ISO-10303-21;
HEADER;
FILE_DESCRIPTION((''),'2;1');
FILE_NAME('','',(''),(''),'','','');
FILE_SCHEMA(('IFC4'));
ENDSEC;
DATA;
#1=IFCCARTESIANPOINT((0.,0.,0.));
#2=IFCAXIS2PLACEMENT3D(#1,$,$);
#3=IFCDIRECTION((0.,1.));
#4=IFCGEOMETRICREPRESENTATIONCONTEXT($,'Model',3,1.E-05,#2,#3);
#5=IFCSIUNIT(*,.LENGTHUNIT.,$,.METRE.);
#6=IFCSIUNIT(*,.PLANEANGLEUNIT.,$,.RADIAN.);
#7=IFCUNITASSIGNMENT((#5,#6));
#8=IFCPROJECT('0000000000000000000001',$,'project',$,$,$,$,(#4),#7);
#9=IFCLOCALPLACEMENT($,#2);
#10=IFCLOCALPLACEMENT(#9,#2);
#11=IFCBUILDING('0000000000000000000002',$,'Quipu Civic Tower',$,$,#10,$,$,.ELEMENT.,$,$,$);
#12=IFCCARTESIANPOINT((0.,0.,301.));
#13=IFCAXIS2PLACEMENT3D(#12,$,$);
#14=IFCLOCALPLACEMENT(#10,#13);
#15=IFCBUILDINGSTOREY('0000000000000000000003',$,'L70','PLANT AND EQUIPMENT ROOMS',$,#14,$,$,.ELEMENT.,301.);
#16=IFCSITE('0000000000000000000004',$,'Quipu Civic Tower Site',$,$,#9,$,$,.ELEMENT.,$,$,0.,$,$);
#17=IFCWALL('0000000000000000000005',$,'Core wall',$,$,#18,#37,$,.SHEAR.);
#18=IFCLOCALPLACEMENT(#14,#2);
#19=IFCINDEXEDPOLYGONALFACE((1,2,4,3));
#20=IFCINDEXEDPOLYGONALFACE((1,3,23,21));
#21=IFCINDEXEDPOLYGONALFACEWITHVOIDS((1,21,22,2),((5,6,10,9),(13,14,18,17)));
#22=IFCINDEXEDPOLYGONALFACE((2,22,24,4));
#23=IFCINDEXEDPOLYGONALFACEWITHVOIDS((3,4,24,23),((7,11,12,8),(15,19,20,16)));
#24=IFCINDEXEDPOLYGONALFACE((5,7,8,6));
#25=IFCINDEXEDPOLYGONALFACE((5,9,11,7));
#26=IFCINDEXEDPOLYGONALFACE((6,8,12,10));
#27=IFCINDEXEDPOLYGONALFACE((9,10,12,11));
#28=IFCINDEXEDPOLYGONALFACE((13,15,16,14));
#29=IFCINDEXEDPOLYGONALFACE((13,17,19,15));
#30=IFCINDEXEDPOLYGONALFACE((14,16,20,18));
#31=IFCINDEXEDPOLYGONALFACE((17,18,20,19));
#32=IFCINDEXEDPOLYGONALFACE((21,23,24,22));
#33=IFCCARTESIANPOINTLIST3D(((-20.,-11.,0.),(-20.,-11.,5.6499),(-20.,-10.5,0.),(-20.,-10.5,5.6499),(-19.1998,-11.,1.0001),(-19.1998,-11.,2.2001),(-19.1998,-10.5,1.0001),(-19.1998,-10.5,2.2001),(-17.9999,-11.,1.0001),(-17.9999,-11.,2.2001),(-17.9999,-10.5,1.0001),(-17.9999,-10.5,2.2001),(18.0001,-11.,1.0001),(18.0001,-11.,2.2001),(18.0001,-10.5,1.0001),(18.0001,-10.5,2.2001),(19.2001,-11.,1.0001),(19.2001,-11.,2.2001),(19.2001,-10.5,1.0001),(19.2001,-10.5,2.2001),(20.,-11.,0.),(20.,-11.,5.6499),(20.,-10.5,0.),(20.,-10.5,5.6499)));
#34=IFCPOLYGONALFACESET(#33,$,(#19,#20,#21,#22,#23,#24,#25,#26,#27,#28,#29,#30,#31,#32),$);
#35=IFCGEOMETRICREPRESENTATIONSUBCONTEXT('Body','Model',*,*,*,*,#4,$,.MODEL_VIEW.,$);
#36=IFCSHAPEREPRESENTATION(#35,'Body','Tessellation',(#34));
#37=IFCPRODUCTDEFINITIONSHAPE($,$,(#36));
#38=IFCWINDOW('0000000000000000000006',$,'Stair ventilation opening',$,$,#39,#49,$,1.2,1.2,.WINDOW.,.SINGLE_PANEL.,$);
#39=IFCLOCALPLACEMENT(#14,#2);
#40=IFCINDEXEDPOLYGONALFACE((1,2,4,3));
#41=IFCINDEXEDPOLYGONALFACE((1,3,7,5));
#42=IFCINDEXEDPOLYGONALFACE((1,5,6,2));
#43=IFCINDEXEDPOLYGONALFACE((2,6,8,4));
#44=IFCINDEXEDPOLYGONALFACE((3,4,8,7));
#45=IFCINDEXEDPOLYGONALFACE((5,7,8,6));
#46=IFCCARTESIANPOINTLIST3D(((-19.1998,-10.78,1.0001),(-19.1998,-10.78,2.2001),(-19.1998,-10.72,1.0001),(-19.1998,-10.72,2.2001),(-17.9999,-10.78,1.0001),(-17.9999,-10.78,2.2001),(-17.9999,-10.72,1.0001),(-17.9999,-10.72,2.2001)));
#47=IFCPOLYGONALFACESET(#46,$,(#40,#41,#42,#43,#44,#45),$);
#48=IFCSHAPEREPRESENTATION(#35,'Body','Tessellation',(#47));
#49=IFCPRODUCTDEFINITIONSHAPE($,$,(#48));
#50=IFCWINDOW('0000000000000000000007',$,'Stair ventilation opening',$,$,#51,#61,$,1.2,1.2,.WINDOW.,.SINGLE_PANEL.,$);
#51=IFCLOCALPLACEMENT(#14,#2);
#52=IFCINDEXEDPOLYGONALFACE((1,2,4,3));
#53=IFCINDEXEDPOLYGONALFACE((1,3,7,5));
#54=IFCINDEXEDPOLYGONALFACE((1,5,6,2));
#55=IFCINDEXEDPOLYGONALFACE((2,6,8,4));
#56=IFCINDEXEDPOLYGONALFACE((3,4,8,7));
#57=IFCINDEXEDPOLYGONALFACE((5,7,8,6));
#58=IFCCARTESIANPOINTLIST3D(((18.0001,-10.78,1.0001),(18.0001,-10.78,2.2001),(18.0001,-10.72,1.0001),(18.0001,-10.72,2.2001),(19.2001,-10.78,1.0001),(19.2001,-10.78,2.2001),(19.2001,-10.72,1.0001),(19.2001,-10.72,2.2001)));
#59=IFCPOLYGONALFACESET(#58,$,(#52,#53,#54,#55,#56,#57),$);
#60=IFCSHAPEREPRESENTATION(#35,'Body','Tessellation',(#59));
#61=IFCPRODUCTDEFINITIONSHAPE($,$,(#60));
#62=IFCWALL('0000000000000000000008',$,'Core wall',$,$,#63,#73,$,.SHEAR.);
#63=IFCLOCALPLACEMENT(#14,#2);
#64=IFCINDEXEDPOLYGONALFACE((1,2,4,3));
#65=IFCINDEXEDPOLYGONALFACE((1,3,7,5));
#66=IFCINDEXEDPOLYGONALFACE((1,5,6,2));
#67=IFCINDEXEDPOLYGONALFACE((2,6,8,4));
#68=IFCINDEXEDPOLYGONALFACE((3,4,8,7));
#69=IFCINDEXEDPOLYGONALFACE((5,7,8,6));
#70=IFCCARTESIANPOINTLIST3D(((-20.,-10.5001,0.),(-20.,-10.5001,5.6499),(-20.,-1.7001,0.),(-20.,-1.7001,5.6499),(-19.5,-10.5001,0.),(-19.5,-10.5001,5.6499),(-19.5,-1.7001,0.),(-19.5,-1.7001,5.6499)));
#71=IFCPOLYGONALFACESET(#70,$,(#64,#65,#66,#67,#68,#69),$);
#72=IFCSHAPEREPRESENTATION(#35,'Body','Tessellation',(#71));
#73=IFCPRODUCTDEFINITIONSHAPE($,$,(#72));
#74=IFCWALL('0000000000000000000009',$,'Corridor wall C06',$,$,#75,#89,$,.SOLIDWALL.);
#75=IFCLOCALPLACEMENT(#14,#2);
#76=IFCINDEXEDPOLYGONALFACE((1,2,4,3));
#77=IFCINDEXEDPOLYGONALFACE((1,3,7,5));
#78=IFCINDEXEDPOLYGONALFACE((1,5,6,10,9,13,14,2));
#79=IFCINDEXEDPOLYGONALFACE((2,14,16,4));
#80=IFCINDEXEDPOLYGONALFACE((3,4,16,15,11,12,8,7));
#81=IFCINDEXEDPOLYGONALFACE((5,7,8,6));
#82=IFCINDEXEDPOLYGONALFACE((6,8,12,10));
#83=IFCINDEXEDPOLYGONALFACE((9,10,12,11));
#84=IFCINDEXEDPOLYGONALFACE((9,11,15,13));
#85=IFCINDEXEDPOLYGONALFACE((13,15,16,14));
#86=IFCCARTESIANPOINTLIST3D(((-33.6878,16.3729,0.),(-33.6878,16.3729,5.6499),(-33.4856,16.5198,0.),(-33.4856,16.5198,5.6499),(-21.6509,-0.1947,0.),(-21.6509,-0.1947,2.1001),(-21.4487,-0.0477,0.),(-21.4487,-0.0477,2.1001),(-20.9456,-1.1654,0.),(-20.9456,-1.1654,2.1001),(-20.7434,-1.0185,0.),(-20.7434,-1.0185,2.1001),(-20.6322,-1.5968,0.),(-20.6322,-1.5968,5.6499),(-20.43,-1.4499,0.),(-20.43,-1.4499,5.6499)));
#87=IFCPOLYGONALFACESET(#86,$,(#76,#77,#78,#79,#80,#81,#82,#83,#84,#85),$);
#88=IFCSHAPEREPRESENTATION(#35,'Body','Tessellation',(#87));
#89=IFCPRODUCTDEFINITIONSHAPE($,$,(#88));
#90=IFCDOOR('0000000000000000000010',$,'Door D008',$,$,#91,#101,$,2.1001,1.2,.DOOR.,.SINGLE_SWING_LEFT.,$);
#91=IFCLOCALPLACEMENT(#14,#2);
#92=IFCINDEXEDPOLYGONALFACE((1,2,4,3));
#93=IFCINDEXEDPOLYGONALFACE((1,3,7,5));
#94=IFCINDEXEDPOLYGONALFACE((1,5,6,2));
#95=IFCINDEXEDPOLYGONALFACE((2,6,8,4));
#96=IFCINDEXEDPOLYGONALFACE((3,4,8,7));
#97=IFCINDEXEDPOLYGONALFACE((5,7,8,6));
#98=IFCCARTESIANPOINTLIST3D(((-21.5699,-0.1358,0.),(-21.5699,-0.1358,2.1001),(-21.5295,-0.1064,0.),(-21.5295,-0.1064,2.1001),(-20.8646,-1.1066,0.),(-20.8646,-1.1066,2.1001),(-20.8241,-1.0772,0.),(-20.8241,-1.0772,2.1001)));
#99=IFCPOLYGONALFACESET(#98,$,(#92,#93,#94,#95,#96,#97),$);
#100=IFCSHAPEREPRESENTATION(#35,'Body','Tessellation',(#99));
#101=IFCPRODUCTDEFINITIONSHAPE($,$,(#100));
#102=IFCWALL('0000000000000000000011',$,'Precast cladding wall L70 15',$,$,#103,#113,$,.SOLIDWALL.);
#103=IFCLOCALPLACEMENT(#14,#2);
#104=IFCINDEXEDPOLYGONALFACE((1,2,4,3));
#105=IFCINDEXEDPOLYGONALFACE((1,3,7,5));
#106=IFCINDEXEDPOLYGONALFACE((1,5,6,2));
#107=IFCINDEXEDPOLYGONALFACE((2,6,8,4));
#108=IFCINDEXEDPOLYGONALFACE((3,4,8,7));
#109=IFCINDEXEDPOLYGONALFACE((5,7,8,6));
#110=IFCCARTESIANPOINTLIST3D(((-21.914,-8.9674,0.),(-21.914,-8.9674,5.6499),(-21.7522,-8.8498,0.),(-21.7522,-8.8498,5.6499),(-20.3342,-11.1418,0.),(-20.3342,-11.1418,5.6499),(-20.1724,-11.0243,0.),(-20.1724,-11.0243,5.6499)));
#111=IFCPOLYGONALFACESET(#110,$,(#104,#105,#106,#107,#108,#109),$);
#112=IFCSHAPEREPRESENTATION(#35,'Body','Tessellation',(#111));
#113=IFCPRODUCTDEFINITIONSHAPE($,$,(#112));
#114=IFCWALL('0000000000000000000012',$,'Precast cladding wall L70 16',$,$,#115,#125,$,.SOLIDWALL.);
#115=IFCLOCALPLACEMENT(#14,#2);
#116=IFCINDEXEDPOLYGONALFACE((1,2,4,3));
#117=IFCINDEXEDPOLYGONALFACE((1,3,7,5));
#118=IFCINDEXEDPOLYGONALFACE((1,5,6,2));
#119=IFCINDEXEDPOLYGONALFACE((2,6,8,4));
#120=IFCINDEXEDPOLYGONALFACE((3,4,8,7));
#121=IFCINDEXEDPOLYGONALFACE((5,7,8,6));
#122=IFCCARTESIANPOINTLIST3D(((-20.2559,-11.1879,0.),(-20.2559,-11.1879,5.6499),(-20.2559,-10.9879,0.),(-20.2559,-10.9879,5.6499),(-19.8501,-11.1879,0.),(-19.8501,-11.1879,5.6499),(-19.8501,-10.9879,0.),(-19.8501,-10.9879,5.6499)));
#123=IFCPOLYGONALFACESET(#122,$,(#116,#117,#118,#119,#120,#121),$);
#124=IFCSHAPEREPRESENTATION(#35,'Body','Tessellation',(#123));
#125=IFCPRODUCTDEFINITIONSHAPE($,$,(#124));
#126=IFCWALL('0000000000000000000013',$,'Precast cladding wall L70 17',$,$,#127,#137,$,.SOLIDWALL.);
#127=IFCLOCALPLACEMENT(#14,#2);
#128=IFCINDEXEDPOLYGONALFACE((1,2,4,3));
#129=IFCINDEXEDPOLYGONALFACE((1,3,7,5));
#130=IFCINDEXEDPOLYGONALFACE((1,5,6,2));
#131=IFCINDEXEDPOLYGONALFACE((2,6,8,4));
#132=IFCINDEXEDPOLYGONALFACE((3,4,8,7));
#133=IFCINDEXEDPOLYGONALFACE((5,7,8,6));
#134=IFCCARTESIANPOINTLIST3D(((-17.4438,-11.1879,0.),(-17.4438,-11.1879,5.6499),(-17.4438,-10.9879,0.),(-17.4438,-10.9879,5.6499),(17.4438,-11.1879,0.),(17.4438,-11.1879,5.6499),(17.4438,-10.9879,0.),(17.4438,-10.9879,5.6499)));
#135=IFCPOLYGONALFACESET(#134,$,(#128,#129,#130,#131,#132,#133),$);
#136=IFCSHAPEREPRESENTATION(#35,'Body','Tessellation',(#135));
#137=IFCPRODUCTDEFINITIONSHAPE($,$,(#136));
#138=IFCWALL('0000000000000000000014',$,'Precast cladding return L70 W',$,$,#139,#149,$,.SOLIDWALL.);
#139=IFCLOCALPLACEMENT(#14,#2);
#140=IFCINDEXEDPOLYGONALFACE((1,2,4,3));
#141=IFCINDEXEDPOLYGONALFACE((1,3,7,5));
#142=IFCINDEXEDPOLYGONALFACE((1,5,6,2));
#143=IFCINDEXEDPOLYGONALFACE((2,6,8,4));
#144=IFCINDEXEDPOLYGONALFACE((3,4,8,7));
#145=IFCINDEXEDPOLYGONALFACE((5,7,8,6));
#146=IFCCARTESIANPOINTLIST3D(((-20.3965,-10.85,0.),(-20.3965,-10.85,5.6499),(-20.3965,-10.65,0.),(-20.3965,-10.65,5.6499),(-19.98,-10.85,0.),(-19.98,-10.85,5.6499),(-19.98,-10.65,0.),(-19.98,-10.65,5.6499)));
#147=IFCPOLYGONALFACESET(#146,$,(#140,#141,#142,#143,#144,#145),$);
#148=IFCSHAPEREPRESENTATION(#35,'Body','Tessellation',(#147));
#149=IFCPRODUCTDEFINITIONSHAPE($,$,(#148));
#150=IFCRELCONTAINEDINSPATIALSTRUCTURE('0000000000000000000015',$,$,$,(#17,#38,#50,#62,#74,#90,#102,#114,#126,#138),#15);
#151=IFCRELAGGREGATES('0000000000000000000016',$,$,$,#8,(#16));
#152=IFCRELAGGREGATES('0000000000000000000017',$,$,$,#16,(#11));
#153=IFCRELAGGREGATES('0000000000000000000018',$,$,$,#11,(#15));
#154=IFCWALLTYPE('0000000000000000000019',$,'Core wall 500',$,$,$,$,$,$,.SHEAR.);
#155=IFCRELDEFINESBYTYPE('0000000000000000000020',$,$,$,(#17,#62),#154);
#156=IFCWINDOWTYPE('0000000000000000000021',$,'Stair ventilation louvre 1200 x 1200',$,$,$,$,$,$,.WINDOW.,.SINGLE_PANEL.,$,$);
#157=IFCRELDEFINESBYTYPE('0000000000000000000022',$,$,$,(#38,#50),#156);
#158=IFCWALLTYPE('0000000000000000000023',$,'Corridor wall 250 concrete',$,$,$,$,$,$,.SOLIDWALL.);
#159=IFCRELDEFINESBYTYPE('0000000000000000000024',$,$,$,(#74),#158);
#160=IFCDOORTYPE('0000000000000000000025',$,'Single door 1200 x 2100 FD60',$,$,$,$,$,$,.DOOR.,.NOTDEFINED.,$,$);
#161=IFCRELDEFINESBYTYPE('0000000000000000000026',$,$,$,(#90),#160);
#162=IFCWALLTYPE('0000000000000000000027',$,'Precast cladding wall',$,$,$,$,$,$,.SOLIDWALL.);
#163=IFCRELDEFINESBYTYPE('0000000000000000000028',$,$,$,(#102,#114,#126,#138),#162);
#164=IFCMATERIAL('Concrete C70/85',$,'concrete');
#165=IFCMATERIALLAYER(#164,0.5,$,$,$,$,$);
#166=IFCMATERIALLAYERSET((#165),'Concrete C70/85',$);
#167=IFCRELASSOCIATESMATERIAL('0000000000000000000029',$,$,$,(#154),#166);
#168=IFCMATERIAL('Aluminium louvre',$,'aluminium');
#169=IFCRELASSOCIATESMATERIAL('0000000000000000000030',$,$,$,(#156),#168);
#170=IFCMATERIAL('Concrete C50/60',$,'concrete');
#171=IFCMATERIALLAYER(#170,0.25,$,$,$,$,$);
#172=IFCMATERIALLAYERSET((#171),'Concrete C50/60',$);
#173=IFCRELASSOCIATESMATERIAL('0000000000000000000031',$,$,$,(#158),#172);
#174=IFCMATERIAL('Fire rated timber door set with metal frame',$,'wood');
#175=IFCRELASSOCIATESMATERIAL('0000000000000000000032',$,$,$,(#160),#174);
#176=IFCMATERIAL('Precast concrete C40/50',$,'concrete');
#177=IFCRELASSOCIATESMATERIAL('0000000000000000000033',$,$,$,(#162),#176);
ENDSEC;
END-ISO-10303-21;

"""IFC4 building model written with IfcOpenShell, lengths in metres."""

from ifc_helpers import new_model, si_unit, direction, frame, frame_2d, origin, place, context, subcontext, project, spatial, rectangle, extrude, material, layer, layer_set, type_object, element, fill, save


model = new_model("IFC4")

# Units and contexts
model_context = context("Model", 3, precision=1e-05, world=origin(), true_north=direction((0.0, 1.0)))
body_context = subcontext(model_context, "Body", "Model", "MODEL_VIEW")
ifc_project = project(units=[si_unit("LENGTHUNIT", "METRE"), si_unit("PLANEANGLEUNIT", "RADIAN")], contexts=[model_context])

# Site, building, storey
site_placement = place(None, origin())
site = spatial("IfcSite", under=ifc_project, at=site_placement, Name="Quipu Civic Tower Site", CompositionType="ELEMENT", RefElevation=0.0)
building_placement = place(site_placement, origin())
building = spatial("IfcBuilding", under=site, at=building_placement, Name="Quipu Civic Tower", CompositionType="ELEMENT")
storey_placement = place(building_placement, frame((0.0, 0.0, 301.0)))
storey = spatial("IfcBuildingStorey", under=building, at=storey_placement, Name="L70", Description="PLANT AND EQUIPMENT ROOMS", CompositionType="ELEMENT", Elevation=301.0)

# Wall, openings, windows
ifc_material_1 = material(Name="Concrete C70/85", Category="concrete")
ifc_layer_1 = layer(ifc_material_1, 0.5)
ifc_layer_set_1 = layer_set([ifc_layer_1], Name="Concrete C70/85")
wall_type_1 = type_object("IfcWallType", Name="Core wall 500", PredefinedType="SHEAR", material=ifc_layer_set_1)
wall_1_placement = place(storey_placement, frame((-20.0, -10.75, 0.0), z_axis=(0.0, 0.0, 1.0), x_axis=(1.0, 0.0, 0.0)))
wall_1 = element("IfcWall", 1, at=wall_1_placement, inside=storey, type_object=wall_type_1, Name="Core wall", PredefinedType="SHEAR", context=body_context, shape_type="SweptSolid", body=[
    extrude(rectangle(XDim=40.0, YDim=0.5, at=frame_2d((20.0, 0.0))), origin(), (0.0, 0.0, 1.0), 5.6499),
])
opening_1_placement = place(wall_1_placement, frame((0.8, 0.0, 1.0)))
opening_1 = element("IfcOpeningElement", 2, at=opening_1_placement, cuts=wall_1, PredefinedType="OPENING", context=body_context, shape_type="SweptSolid", body=[
    extrude(rectangle(XDim=1.2, YDim=1.2, at=frame_2d((0.6001, 0.6001))), frame((0.0, 0.26, 0.0), z_axis=(0.0, -1.0, 0.0), x_axis=(1.0, 0.0, 0.0)), (0.0, 0.0, 1.0), 0.52),
])
opening_2_placement = place(wall_1_placement, frame((38.0, 0.0, 1.0)))
opening_2 = element("IfcOpeningElement", 3, at=opening_2_placement, cuts=wall_1, PredefinedType="OPENING", context=body_context, shape_type="SweptSolid", body=[
    extrude(rectangle(XDim=1.2, YDim=1.2, at=frame_2d((0.6001, 0.6001))), frame((0.0, 0.26, 0.0), z_axis=(0.0, -1.0, 0.0), x_axis=(1.0, 0.0, 0.0)), (0.0, 0.0, 1.0), 0.52),
])
ifc_material_2 = material(Name="Aluminium louvre", Category="aluminium")
window_type = type_object("IfcWindowType", Name="Stair ventilation louvre 1200 x 1200", PartitioningType="SINGLE_PANEL", PredefinedType="WINDOW", material=ifc_material_2)
window_1_placement = place(opening_1_placement, origin())
window_1 = element("IfcWindow", 4, at=window_1_placement, inside=storey, type_object=window_type, Name="Stair ventilation opening", OverallHeight=1.2, OverallWidth=1.2, PartitioningType="SINGLE_PANEL", PredefinedType="WINDOW", context=body_context, shape_type="SweptSolid", body=[
    extrude(rectangle(XDim=1.2, YDim=1.2, at=frame_2d((0.6001, 0.6001))), frame((0.0, 0.03, 0.0), z_axis=(0.0, -1.0, 0.0), x_axis=(1.0, 0.0, 0.0)), (0.0, 0.0, 1.0), 0.0601),
])
fill(opening_1, window_1)
window_2_placement = place(opening_2_placement, origin())
window_2 = element("IfcWindow", 5, at=window_2_placement, inside=storey, type_object=window_type, Name="Stair ventilation opening", OverallHeight=1.2, OverallWidth=1.2, PartitioningType="SINGLE_PANEL", PredefinedType="WINDOW", context=body_context, shape_type="SweptSolid", body=[
    extrude(rectangle(XDim=1.2, YDim=1.2, at=frame_2d((0.6001, 0.6001))), frame((0.0, 0.03, 0.0), z_axis=(0.0, -1.0, 0.0), x_axis=(1.0, 0.0, 0.0)), (0.0, 0.0, 1.0), 0.0601),
])
fill(opening_2, window_2)

# Wall
wall_2_placement = place(storey_placement, frame((-19.75, -10.5, 0.0), z_axis=(0.0, 0.0, 1.0), x_axis=(0.0, 1.0, 0.0)))
element("IfcWall", 6, at=wall_2_placement, inside=storey, type_object=wall_type_1, Name="Core wall", PredefinedType="SHEAR", context=body_context, shape_type="SweptSolid", body=[
    extrude(rectangle(XDim=8.8, YDim=0.5, at=frame_2d((4.3999, 0.0))), origin(), (0.0, 0.0, 1.0), 5.6499),
])

# Wall, opening, door
ifc_material_3 = material(Name="Concrete C50/60", Category="concrete")
ifc_layer_2 = layer(ifc_material_3, 0.25)
ifc_layer_set_2 = layer_set([ifc_layer_2], Name="Concrete C50/60")
wall_type_2 = type_object("IfcWallType", Name="Corridor wall 250 concrete", PredefinedType="SOLIDWALL", material=ifc_layer_set_2)
wall_3_placement = place(storey_placement, frame((-20.531, -1.5234, 0.0), z_axis=(0.0, 0.0, 1.0), x_axis=(-0.587782, 0.809019, 0.0)))
wall_3 = element("IfcWall", 7, at=wall_3_placement, inside=storey, type_object=wall_type_2, Name="Corridor wall C06", PredefinedType="SOLIDWALL", context=body_context, shape_type="SweptSolid", body=[
    extrude(rectangle(XDim=22.2117, YDim=0.25, at=frame_2d((11.106, 0.0))), origin(), (0.0, 0.0, 1.0), 5.6499),
])
opening_3_placement = place(wall_3_placement, frame((0.5332, 0.0, 0.0)))
opening_3 = element("IfcOpeningElement", 8, at=opening_3_placement, cuts=wall_3, PredefinedType="OPENING", context=body_context, shape_type="SweptSolid", body=[
    extrude(rectangle(XDim=1.2, YDim=2.1001, at=frame_2d((0.6001, 1.05))), frame((0.0, 0.135, 0.0), z_axis=(0.0, -1.0, 0.0), x_axis=(1.0, 0.0, 0.0)), (0.0, 0.0, 1.0), 0.27),
])
ifc_material_4 = material(Name="Fire rated timber door set with metal frame", Category="wood")
door_type_1 = type_object("IfcDoorType", Name="Single door 1200 x 2100 FD60", OperationType="NOTDEFINED", PredefinedType="DOOR", material=ifc_material_4)
door_1_placement = place(opening_3_placement, origin())
door_1 = element("IfcDoor", 9, at=door_1_placement, inside=storey, type_object=door_type_1, Name="Door D008", OperationType="SINGLE_SWING_LEFT", OverallHeight=2.1001, OverallWidth=1.2, PredefinedType="DOOR", context=body_context, shape_type="SweptSolid", body=[
    extrude(rectangle(XDim=1.2, YDim=2.1001, at=frame_2d((0.6001, 1.05))), frame((0.0, 0.0249, 0.0), z_axis=(0.0, -1.0, 0.0), x_axis=(1.0, 0.0, 0.0)), (0.0, 0.0, 1.0), 0.05),
])
fill(opening_3, door_1)

# Walls
ifc_material_5 = material(Name="Precast concrete C40/50", Category="concrete")
wall_type_3 = type_object("IfcWallType", Name="Precast cladding wall", PredefinedType="SOLIDWALL", material=ifc_material_5)
wall_4_placement = place(storey_placement, frame((-21.833, -8.9087, 0.0), z_axis=(0.0, 0.0, 1.0), x_axis=(0.587767, -0.809031, 0.0)))
element("IfcWall", 10, at=wall_4_placement, inside=storey, type_object=wall_type_3, Name="Precast cladding wall L70 15", PredefinedType="SOLIDWALL", context=body_context, shape_type="SweptSolid", body=[
    extrude(rectangle(XDim=2.6877, YDim=0.2, at=frame_2d((1.3438, 0.0))), origin(), (0.0, 0.0, 1.0), 5.6499),
])
wall_5_placement = place(storey_placement, frame((-20.2559, -11.0879, 0.0), z_axis=(0.0, 0.0, 1.0), x_axis=(1.0, 0.0, 0.0)))
element("IfcWall", 11, at=wall_5_placement, inside=storey, type_object=wall_type_3, Name="Precast cladding wall L70 16", PredefinedType="SOLIDWALL", context=body_context, shape_type="SweptSolid", body=[
    extrude(rectangle(XDim=0.4058, YDim=0.2, at=frame_2d((0.2029, 0.0))), origin(), (0.0, 0.0, 1.0), 5.6499),
])
wall_6_placement = place(storey_placement, frame((-17.4438, -11.0879, 0.0), z_axis=(0.0, 0.0, 1.0), x_axis=(1.0, 0.0, 0.0)))
element("IfcWall", 12, at=wall_6_placement, inside=storey, type_object=wall_type_3, Name="Precast cladding wall L70 17", PredefinedType="SOLIDWALL", context=body_context, shape_type="SweptSolid", body=[
    extrude(rectangle(XDim=34.8877, YDim=0.2, at=frame_2d((17.4438, 0.0))), origin(), (0.0, 0.0, 1.0), 5.6499),
])
wall_7_placement = place(storey_placement, frame((-19.98, -10.75, 0.0), z_axis=(0.0, 0.0, 1.0), x_axis=(-1.0, 0.0, 0.0)))
element("IfcWall", 13, at=wall_7_placement, inside=storey, type_object=wall_type_3, Name="Precast cladding return L70 W", PredefinedType="SOLIDWALL", context=body_context, shape_type="SweptSolid", body=[
    extrude(rectangle(XDim=0.4165, YDim=0.2, at=frame_2d((0.2083, 0.0))), origin(), (0.0, 0.0, 1.0), 5.6499),
])

save(model, "model.ifc")
